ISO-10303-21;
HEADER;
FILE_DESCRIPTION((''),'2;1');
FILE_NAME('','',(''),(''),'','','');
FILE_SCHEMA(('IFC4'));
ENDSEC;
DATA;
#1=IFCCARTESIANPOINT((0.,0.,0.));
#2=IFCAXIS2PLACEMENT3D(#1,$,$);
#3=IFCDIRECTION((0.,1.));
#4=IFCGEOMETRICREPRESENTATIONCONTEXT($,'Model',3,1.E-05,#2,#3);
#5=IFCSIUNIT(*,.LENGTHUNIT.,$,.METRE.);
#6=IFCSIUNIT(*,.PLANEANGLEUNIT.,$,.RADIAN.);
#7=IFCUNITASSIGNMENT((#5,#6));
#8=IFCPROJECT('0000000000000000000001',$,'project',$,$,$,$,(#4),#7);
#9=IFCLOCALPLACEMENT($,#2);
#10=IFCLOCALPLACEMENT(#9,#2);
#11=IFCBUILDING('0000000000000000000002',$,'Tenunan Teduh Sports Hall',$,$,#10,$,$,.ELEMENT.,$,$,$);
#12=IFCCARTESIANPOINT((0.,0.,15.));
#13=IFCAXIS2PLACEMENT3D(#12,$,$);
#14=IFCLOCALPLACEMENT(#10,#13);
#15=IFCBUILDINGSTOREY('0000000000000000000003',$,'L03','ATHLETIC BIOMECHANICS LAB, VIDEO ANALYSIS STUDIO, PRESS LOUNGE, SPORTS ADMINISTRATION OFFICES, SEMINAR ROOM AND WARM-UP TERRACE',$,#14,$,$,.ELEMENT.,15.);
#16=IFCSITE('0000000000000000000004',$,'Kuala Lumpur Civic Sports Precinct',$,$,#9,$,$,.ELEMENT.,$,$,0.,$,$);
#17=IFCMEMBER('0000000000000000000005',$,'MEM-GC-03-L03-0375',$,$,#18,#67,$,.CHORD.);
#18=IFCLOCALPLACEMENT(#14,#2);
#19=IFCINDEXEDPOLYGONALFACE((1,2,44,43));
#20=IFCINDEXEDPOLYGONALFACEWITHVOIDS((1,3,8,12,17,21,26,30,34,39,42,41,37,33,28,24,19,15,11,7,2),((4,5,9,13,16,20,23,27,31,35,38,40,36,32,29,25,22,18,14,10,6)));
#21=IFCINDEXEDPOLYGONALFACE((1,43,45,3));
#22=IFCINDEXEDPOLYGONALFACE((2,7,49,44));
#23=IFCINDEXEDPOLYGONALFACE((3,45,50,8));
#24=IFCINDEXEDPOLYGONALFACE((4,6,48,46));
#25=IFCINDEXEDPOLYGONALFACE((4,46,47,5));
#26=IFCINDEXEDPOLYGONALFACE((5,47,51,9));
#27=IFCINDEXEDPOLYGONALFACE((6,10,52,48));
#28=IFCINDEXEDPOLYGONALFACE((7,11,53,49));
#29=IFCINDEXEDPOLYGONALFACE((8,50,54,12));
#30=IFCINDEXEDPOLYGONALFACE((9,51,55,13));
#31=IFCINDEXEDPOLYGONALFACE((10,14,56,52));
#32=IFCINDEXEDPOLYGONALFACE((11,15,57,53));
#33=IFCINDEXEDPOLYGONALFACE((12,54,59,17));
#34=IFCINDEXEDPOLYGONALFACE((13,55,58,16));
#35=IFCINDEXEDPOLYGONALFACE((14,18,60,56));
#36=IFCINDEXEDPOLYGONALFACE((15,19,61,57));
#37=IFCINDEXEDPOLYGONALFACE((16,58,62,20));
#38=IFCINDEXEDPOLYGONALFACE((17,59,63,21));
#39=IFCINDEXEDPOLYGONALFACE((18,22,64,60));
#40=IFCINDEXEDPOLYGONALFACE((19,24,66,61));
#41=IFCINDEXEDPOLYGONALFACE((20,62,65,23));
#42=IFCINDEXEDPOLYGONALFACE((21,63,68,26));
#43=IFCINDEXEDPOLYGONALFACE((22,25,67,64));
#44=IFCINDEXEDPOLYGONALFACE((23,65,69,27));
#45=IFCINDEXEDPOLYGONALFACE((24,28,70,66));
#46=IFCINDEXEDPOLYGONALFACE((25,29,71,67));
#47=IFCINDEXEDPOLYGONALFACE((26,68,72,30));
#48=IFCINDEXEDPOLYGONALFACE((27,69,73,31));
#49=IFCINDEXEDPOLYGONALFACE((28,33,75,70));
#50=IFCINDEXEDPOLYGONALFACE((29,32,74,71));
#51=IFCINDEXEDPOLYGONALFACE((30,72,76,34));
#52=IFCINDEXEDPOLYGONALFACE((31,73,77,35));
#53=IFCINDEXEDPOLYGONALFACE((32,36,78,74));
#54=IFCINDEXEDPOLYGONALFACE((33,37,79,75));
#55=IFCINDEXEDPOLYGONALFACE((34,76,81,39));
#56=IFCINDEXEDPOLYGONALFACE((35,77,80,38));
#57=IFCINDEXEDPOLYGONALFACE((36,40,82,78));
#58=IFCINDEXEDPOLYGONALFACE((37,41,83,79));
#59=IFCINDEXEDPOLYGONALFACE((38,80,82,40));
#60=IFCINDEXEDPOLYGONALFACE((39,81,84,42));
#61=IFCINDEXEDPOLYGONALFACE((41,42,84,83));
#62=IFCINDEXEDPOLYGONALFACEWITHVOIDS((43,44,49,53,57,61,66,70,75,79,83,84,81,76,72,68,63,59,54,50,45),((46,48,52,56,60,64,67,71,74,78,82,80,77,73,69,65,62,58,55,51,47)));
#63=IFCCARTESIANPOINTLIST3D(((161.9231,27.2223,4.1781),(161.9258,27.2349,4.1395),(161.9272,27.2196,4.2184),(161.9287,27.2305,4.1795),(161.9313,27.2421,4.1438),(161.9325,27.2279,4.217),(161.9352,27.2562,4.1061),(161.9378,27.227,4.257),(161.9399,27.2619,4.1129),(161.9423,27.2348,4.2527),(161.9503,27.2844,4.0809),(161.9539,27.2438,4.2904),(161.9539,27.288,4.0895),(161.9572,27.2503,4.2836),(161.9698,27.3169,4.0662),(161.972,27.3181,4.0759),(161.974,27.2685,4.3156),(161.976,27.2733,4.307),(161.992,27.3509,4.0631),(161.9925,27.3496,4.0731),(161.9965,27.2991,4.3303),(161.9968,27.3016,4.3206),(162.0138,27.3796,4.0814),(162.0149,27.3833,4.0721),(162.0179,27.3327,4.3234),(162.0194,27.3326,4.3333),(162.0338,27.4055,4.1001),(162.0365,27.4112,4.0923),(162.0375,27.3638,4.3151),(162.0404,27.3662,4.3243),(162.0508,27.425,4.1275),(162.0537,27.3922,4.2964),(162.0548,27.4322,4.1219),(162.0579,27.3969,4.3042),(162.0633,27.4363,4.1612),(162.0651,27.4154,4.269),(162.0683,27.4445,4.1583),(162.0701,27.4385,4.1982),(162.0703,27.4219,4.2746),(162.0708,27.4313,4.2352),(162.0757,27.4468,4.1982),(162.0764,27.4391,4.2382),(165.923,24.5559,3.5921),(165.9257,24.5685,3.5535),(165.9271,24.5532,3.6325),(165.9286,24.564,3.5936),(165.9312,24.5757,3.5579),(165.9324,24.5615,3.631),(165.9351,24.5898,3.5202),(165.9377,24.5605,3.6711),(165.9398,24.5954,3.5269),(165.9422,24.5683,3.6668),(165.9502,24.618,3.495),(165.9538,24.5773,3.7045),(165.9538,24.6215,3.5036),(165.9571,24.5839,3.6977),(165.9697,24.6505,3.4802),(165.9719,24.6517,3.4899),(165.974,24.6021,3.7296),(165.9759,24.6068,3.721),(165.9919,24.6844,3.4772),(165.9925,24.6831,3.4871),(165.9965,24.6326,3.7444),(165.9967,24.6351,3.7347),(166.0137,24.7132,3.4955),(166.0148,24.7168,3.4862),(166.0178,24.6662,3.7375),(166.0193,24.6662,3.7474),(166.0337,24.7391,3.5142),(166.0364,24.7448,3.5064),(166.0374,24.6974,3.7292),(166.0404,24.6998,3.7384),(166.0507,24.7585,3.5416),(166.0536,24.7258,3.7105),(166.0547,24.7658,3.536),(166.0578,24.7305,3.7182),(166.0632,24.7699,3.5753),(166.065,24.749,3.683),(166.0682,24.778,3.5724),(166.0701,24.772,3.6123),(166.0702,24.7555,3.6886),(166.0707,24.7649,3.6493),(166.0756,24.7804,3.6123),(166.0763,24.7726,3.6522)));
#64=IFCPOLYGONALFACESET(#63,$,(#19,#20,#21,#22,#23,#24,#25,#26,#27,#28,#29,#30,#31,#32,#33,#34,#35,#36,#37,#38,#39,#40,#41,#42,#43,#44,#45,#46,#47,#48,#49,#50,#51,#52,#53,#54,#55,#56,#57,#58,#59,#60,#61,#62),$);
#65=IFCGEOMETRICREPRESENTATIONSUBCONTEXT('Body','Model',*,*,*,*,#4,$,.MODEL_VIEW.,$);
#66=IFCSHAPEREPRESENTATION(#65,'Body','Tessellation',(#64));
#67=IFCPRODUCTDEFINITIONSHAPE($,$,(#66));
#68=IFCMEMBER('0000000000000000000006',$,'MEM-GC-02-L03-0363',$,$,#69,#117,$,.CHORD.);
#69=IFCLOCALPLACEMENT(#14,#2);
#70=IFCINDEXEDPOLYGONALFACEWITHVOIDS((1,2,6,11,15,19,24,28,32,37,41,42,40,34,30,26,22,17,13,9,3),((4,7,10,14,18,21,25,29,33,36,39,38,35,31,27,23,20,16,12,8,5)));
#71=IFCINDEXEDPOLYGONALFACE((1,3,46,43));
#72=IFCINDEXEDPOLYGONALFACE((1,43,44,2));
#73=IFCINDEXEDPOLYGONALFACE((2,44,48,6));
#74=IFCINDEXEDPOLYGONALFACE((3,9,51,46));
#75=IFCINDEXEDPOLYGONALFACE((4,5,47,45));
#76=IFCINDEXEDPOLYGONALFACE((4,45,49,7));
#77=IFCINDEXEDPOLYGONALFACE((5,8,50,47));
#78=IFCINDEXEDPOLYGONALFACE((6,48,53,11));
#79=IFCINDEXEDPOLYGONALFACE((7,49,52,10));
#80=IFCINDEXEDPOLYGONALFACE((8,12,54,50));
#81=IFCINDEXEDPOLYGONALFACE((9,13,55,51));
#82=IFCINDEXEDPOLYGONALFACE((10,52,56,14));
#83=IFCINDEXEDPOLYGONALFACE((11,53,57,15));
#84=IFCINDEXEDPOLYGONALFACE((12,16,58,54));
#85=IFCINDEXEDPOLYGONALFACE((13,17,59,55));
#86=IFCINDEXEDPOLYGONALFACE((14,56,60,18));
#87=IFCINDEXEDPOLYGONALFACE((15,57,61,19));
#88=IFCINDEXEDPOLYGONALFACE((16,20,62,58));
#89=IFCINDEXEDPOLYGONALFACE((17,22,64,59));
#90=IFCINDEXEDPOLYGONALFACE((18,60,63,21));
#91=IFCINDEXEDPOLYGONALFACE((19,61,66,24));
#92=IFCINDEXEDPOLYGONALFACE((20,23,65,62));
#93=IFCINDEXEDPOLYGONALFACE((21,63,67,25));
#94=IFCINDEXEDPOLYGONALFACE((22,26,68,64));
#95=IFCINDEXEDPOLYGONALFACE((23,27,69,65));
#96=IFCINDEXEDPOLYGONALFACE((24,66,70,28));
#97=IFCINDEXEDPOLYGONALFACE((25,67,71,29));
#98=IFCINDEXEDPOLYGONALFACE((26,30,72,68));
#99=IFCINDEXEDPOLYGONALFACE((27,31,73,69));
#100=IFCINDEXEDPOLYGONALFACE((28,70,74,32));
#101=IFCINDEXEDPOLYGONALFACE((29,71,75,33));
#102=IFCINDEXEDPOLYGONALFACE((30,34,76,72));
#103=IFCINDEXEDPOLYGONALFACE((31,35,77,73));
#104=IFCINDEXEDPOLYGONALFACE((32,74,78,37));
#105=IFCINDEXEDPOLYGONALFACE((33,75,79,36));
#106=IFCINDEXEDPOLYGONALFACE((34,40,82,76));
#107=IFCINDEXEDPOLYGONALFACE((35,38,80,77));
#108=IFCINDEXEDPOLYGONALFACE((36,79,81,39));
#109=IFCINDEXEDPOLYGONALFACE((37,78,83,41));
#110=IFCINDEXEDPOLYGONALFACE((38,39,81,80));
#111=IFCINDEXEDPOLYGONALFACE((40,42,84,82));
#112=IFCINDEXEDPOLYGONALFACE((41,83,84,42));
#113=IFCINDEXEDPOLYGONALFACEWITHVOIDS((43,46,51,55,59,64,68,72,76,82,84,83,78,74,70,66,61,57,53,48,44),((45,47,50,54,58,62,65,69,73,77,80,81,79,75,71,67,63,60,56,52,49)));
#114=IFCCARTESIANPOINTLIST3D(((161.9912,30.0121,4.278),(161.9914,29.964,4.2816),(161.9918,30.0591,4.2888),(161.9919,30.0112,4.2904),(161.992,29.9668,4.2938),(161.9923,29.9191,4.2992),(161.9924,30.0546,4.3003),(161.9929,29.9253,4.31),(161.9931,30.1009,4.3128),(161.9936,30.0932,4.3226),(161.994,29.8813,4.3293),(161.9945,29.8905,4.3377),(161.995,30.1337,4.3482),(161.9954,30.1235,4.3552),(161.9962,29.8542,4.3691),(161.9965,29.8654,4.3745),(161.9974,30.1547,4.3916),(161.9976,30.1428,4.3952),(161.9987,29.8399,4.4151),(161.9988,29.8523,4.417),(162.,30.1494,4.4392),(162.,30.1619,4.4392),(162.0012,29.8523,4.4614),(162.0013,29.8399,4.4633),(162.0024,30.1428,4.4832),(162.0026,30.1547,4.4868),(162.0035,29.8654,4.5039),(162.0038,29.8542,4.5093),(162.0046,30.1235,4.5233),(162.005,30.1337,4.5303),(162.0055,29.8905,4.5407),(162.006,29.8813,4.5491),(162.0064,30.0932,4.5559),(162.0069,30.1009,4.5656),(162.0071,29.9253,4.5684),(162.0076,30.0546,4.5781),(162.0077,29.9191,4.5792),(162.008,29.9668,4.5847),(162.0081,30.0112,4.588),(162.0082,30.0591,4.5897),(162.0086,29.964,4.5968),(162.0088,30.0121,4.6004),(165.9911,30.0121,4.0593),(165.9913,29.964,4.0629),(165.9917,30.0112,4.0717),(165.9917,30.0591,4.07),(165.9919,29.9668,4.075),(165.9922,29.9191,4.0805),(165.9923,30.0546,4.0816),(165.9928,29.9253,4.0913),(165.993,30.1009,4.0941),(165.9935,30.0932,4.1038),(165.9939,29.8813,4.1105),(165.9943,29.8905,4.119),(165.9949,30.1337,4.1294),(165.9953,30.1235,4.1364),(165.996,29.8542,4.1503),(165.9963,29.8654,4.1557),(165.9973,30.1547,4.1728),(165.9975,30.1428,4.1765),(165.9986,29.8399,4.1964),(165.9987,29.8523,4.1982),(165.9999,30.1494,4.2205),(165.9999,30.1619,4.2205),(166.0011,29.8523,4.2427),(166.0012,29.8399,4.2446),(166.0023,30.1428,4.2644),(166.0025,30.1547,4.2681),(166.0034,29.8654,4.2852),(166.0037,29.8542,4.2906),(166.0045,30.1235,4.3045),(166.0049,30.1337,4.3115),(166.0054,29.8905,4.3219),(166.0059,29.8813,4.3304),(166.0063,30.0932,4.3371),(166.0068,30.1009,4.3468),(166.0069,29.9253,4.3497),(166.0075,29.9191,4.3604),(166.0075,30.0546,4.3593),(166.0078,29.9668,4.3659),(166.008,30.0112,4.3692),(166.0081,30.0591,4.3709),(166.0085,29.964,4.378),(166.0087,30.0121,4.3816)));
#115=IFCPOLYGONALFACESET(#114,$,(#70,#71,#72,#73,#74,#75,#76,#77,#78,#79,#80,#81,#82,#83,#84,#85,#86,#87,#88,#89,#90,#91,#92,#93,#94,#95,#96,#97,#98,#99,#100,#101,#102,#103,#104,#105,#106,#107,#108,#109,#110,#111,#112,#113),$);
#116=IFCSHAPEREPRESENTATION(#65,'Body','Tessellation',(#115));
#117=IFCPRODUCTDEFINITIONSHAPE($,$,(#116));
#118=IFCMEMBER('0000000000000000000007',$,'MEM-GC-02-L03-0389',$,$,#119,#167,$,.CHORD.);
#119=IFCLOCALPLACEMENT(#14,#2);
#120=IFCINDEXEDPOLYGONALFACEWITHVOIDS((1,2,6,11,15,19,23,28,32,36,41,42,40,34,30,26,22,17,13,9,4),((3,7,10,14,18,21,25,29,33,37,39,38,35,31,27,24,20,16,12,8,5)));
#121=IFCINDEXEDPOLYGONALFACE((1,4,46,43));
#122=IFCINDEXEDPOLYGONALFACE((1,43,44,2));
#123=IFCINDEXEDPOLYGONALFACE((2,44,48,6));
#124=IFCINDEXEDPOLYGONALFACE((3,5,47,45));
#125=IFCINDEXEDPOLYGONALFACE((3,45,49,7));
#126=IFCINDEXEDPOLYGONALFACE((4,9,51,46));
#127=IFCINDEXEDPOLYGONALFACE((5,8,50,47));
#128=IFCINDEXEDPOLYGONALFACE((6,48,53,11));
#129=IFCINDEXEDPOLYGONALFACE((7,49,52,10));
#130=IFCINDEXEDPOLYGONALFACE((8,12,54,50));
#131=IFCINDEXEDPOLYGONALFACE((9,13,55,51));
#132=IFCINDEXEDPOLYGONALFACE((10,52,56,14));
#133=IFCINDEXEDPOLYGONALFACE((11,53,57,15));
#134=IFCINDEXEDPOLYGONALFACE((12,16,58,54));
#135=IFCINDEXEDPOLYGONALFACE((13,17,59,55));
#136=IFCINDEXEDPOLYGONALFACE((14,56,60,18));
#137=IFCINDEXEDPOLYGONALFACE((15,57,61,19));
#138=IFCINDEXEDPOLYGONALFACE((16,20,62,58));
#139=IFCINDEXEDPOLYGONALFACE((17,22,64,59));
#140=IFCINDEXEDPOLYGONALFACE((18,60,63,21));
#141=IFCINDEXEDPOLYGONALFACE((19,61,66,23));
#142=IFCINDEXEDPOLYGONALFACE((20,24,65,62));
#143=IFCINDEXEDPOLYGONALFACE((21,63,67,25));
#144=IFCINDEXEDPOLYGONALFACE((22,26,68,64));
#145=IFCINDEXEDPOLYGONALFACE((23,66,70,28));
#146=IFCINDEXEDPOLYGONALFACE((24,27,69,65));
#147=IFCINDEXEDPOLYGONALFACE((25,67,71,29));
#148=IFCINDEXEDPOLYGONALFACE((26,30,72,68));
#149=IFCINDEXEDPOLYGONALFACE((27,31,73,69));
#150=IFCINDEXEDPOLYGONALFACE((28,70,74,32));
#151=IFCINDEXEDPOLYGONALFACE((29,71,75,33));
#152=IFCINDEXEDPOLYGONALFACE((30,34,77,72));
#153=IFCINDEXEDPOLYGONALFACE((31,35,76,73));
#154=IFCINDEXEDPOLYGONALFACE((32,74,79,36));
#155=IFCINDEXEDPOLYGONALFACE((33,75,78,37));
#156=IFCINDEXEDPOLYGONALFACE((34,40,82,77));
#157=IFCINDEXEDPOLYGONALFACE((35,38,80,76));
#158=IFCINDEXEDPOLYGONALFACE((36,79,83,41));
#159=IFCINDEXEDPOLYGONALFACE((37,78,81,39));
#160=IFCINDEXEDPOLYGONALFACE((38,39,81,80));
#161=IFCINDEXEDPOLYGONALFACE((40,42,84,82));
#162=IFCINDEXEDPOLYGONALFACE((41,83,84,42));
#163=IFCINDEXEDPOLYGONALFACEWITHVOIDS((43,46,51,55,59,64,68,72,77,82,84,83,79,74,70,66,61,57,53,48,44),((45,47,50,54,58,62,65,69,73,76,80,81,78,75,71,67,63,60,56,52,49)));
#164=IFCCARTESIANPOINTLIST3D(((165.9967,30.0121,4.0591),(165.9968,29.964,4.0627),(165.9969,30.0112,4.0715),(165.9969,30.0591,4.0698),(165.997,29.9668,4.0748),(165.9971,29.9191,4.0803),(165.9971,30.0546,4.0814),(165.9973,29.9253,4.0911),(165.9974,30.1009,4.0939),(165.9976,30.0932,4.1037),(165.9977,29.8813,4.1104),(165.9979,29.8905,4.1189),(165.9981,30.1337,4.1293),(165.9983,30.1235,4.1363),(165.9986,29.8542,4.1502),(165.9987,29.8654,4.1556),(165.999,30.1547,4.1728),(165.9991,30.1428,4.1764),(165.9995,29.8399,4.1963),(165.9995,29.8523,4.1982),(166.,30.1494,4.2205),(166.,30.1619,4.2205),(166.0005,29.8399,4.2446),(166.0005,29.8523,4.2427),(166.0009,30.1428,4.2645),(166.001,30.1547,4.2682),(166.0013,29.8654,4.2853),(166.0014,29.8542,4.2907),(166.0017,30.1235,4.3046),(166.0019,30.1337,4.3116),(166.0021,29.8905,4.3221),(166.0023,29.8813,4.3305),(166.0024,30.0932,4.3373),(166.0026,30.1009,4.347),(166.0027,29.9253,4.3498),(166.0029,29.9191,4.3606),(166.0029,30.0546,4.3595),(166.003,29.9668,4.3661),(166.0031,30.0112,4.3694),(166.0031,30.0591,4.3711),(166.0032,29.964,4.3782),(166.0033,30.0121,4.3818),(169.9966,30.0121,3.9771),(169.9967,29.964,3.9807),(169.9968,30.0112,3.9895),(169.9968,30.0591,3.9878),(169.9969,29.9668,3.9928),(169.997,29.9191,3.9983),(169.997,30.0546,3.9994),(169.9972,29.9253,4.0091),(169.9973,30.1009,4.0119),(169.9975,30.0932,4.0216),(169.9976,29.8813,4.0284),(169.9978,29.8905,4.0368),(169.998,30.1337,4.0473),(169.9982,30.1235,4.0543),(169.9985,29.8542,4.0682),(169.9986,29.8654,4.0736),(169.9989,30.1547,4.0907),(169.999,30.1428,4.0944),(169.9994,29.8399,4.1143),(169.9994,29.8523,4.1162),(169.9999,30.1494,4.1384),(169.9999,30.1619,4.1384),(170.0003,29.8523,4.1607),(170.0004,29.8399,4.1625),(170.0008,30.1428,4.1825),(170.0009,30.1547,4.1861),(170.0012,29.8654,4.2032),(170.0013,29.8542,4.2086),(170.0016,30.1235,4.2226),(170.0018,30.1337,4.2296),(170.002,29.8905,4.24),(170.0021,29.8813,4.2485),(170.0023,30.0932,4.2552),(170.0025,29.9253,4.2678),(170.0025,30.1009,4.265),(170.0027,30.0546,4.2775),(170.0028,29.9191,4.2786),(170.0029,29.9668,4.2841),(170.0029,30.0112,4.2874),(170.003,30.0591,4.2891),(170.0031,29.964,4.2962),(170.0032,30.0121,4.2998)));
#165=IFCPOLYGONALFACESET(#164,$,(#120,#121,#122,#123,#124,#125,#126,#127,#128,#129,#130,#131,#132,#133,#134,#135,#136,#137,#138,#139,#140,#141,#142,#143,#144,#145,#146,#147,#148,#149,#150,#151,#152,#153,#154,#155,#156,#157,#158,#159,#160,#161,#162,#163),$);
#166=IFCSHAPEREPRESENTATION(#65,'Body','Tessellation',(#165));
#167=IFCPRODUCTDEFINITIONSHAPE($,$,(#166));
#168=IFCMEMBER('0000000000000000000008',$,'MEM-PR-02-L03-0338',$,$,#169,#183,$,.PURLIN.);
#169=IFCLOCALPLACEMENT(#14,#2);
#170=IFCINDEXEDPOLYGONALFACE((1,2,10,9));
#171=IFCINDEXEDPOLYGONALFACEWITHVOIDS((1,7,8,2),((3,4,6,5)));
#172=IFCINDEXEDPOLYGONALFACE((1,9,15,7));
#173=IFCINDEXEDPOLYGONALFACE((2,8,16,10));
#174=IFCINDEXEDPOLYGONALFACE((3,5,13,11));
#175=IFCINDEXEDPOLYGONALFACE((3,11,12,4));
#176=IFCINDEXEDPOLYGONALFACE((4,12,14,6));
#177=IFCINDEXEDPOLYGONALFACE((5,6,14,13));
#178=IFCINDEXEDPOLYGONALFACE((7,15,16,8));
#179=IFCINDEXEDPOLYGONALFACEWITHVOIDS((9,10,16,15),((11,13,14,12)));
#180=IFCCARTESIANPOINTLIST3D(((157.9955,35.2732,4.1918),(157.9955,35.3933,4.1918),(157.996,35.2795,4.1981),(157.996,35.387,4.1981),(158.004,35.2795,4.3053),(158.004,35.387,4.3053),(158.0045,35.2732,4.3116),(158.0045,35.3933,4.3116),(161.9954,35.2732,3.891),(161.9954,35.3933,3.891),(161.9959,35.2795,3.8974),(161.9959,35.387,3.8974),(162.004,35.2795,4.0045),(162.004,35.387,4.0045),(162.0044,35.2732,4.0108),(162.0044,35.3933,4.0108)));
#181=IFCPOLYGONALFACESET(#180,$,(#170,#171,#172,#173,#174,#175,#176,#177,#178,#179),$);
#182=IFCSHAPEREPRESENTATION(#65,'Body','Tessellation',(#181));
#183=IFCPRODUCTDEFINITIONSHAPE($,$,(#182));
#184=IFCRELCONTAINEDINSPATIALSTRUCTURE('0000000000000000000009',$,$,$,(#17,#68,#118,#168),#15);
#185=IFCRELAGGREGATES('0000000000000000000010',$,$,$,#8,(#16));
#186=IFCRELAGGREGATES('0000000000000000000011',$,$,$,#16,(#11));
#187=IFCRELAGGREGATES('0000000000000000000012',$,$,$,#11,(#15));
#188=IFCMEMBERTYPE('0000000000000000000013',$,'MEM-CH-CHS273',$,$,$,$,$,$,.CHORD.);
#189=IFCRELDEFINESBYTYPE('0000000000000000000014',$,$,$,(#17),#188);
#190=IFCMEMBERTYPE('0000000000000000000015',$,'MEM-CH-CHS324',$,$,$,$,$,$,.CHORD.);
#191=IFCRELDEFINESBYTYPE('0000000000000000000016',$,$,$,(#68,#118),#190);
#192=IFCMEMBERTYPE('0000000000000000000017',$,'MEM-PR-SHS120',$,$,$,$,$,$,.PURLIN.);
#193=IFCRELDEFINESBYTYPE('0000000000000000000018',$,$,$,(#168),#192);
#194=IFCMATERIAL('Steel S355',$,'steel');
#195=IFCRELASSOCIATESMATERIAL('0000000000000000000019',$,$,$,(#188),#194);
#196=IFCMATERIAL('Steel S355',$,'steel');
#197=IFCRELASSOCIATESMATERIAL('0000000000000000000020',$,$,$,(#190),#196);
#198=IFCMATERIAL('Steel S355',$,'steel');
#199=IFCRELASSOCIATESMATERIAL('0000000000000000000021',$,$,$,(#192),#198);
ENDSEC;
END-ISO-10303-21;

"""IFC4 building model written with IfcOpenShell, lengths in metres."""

from ifc_helpers import new_model, si_unit, direction, frame, origin, origin_2d, place, context, subcontext, project, spatial, hollow_rectangle, hollow_circle, extrude, material, material_profile, profile_set, type_object, element, save


model = new_model("IFC4")

# Units and contexts
model_context = context("Model", 3, precision=1e-05, world=origin(), true_north=direction((0.0, 1.0)))
body_context = subcontext(model_context, "Body", "Model", "MODEL_VIEW")
ifc_project = project(units=[si_unit("LENGTHUNIT", "METRE"), si_unit("PLANEANGLEUNIT", "RADIAN")], contexts=[model_context])

# Site, building, storey
site_placement = place(None, origin())
site = spatial("IfcSite", under=ifc_project, at=site_placement, Name="Kuala Lumpur Civic Sports Precinct", CompositionType="ELEMENT", RefElevation=0.0)
building_placement = place(site_placement, origin())
building = spatial("IfcBuilding", under=site, at=building_placement, Name="Tenunan Teduh Sports Hall", CompositionType="ELEMENT")
storey_placement = place(building_placement, frame((0.0, 0.0, 15.0)))
storey = spatial("IfcBuildingStorey", under=building, at=storey_placement, Name="L03", Description="ATHLETIC BIOMECHANICS LAB, VIDEO ANALYSIS STUDIO, PRESS LOUNGE, SPORTS ADMINISTRATION OFFICES, SEMINAR ROOM AND WARM-UP TERRACE", CompositionType="ELEMENT", Elevation=15.0)

# Members
ifc_material_1 = material(Name="Steel S355", Category="steel")
ifc_material_profile_1 = material_profile(ifc_material_1, hollow_circle(Radius=0.1365, WallThickness=0.01, at=origin_2d()), Name="CHS 273.0x10.0")
ifc_profile_set_1 = profile_set([ifc_material_profile_1], Name="Steel S355")
member_type_1 = type_object("IfcMemberType", Name="MEM-CH-CHS273", PredefinedType="CHORD", material=ifc_profile_set_1)
member_1_placement = place(storey_placement, frame((162.0, 27.3333, 4.1982), z_axis=(0.825953, -0.550602, -0.120989), x_axis=(0.554677, 0.832066, 0.0)))
element("IfcMember", 1, at=member_1_placement, inside=storey, type_object=member_type_1, Name="MEM-GC-03-L03-0375", PredefinedType="CHORD", context=body_context, shape_type="SweptSolid", body=[
    extrude(hollow_circle(Radius=0.1365, WallThickness=0.01, at=origin_2d()), origin(), (0.0, 0.0, 1.0), 4.8428),
])
ifc_material_2 = material(Name="Steel S355", Category="steel")
ifc_material_profile_2 = material_profile(ifc_material_2, hollow_circle(Radius=0.1619, WallThickness=0.0125, at=origin_2d()), Name="CHS 323.9x12.5")
ifc_profile_set_2 = profile_set([ifc_material_profile_2], Name="Steel S355")
member_type_2 = type_object("IfcMemberType", Name="MEM-CH-CHS324", PredefinedType="CHORD", material=ifc_profile_set_2)
member_2_placement = place(storey_placement, frame((162.0, 30.0, 4.4392), z_axis=(0.998508, 0.0, -0.054606), x_axis=(0.0, 1.0, 0.0)))
element("IfcMember", 2, at=member_2_placement, inside=storey, type_object=member_type_2, Name="MEM-GC-02-L03-0363", PredefinedType="CHORD", context=body_context, shape_type="SweptSolid", body=[
    extrude(hollow_circle(Radius=0.1619, WallThickness=0.0125, at=origin_2d()), origin(), (0.0, 0.0, 1.0), 4.0059),
])
member_3_placement = place(storey_placement, frame((166.0, 30.0, 4.2205), z_axis=(0.99979, 0.0, -0.020504), x_axis=(0.0, 1.0, 0.0)))
element("IfcMember", 3, at=member_3_placement, inside=storey, type_object=member_type_2, Name="MEM-GC-02-L03-0389", PredefinedType="CHORD", context=body_context, shape_type="SweptSolid", body=[
    extrude(hollow_circle(Radius=0.1619, WallThickness=0.0125, at=origin_2d()), origin(), (0.0, 0.0, 1.0), 4.0007),
])
ifc_material_3 = material(Name="Steel S355", Category="steel")
ifc_material_profile_3 = material_profile(ifc_material_3, hollow_rectangle(XDim=0.1201, YDim=0.1201, WallThickness=0.0063, at=origin_2d()), Name="SHS 120x120x6.3")
ifc_profile_set_3 = profile_set([ifc_material_profile_3], Name="Steel S355")
member_type_3 = type_object("IfcMemberType", Name="MEM-PR-SHS120", PredefinedType="PURLIN", material=ifc_profile_set_3)
member_4_placement = place(storey_placement, frame((158.0, 35.3333, 4.2517), z_axis=(0.997185, 0.0, -0.074984), x_axis=(0.0, 1.0, 0.0)))
element("IfcMember", 4, at=member_4_placement, inside=storey, type_object=member_type_3, Name="MEM-PR-02-L03-0338", PredefinedType="PURLIN", context=body_context, shape_type="SweptSolid", body=[
    extrude(hollow_rectangle(XDim=0.1201, YDim=0.1201, WallThickness=0.0063, at=origin_2d()), origin(), (0.0, 0.0, 1.0), 4.0112),
])

save(model, "model.ifc")
